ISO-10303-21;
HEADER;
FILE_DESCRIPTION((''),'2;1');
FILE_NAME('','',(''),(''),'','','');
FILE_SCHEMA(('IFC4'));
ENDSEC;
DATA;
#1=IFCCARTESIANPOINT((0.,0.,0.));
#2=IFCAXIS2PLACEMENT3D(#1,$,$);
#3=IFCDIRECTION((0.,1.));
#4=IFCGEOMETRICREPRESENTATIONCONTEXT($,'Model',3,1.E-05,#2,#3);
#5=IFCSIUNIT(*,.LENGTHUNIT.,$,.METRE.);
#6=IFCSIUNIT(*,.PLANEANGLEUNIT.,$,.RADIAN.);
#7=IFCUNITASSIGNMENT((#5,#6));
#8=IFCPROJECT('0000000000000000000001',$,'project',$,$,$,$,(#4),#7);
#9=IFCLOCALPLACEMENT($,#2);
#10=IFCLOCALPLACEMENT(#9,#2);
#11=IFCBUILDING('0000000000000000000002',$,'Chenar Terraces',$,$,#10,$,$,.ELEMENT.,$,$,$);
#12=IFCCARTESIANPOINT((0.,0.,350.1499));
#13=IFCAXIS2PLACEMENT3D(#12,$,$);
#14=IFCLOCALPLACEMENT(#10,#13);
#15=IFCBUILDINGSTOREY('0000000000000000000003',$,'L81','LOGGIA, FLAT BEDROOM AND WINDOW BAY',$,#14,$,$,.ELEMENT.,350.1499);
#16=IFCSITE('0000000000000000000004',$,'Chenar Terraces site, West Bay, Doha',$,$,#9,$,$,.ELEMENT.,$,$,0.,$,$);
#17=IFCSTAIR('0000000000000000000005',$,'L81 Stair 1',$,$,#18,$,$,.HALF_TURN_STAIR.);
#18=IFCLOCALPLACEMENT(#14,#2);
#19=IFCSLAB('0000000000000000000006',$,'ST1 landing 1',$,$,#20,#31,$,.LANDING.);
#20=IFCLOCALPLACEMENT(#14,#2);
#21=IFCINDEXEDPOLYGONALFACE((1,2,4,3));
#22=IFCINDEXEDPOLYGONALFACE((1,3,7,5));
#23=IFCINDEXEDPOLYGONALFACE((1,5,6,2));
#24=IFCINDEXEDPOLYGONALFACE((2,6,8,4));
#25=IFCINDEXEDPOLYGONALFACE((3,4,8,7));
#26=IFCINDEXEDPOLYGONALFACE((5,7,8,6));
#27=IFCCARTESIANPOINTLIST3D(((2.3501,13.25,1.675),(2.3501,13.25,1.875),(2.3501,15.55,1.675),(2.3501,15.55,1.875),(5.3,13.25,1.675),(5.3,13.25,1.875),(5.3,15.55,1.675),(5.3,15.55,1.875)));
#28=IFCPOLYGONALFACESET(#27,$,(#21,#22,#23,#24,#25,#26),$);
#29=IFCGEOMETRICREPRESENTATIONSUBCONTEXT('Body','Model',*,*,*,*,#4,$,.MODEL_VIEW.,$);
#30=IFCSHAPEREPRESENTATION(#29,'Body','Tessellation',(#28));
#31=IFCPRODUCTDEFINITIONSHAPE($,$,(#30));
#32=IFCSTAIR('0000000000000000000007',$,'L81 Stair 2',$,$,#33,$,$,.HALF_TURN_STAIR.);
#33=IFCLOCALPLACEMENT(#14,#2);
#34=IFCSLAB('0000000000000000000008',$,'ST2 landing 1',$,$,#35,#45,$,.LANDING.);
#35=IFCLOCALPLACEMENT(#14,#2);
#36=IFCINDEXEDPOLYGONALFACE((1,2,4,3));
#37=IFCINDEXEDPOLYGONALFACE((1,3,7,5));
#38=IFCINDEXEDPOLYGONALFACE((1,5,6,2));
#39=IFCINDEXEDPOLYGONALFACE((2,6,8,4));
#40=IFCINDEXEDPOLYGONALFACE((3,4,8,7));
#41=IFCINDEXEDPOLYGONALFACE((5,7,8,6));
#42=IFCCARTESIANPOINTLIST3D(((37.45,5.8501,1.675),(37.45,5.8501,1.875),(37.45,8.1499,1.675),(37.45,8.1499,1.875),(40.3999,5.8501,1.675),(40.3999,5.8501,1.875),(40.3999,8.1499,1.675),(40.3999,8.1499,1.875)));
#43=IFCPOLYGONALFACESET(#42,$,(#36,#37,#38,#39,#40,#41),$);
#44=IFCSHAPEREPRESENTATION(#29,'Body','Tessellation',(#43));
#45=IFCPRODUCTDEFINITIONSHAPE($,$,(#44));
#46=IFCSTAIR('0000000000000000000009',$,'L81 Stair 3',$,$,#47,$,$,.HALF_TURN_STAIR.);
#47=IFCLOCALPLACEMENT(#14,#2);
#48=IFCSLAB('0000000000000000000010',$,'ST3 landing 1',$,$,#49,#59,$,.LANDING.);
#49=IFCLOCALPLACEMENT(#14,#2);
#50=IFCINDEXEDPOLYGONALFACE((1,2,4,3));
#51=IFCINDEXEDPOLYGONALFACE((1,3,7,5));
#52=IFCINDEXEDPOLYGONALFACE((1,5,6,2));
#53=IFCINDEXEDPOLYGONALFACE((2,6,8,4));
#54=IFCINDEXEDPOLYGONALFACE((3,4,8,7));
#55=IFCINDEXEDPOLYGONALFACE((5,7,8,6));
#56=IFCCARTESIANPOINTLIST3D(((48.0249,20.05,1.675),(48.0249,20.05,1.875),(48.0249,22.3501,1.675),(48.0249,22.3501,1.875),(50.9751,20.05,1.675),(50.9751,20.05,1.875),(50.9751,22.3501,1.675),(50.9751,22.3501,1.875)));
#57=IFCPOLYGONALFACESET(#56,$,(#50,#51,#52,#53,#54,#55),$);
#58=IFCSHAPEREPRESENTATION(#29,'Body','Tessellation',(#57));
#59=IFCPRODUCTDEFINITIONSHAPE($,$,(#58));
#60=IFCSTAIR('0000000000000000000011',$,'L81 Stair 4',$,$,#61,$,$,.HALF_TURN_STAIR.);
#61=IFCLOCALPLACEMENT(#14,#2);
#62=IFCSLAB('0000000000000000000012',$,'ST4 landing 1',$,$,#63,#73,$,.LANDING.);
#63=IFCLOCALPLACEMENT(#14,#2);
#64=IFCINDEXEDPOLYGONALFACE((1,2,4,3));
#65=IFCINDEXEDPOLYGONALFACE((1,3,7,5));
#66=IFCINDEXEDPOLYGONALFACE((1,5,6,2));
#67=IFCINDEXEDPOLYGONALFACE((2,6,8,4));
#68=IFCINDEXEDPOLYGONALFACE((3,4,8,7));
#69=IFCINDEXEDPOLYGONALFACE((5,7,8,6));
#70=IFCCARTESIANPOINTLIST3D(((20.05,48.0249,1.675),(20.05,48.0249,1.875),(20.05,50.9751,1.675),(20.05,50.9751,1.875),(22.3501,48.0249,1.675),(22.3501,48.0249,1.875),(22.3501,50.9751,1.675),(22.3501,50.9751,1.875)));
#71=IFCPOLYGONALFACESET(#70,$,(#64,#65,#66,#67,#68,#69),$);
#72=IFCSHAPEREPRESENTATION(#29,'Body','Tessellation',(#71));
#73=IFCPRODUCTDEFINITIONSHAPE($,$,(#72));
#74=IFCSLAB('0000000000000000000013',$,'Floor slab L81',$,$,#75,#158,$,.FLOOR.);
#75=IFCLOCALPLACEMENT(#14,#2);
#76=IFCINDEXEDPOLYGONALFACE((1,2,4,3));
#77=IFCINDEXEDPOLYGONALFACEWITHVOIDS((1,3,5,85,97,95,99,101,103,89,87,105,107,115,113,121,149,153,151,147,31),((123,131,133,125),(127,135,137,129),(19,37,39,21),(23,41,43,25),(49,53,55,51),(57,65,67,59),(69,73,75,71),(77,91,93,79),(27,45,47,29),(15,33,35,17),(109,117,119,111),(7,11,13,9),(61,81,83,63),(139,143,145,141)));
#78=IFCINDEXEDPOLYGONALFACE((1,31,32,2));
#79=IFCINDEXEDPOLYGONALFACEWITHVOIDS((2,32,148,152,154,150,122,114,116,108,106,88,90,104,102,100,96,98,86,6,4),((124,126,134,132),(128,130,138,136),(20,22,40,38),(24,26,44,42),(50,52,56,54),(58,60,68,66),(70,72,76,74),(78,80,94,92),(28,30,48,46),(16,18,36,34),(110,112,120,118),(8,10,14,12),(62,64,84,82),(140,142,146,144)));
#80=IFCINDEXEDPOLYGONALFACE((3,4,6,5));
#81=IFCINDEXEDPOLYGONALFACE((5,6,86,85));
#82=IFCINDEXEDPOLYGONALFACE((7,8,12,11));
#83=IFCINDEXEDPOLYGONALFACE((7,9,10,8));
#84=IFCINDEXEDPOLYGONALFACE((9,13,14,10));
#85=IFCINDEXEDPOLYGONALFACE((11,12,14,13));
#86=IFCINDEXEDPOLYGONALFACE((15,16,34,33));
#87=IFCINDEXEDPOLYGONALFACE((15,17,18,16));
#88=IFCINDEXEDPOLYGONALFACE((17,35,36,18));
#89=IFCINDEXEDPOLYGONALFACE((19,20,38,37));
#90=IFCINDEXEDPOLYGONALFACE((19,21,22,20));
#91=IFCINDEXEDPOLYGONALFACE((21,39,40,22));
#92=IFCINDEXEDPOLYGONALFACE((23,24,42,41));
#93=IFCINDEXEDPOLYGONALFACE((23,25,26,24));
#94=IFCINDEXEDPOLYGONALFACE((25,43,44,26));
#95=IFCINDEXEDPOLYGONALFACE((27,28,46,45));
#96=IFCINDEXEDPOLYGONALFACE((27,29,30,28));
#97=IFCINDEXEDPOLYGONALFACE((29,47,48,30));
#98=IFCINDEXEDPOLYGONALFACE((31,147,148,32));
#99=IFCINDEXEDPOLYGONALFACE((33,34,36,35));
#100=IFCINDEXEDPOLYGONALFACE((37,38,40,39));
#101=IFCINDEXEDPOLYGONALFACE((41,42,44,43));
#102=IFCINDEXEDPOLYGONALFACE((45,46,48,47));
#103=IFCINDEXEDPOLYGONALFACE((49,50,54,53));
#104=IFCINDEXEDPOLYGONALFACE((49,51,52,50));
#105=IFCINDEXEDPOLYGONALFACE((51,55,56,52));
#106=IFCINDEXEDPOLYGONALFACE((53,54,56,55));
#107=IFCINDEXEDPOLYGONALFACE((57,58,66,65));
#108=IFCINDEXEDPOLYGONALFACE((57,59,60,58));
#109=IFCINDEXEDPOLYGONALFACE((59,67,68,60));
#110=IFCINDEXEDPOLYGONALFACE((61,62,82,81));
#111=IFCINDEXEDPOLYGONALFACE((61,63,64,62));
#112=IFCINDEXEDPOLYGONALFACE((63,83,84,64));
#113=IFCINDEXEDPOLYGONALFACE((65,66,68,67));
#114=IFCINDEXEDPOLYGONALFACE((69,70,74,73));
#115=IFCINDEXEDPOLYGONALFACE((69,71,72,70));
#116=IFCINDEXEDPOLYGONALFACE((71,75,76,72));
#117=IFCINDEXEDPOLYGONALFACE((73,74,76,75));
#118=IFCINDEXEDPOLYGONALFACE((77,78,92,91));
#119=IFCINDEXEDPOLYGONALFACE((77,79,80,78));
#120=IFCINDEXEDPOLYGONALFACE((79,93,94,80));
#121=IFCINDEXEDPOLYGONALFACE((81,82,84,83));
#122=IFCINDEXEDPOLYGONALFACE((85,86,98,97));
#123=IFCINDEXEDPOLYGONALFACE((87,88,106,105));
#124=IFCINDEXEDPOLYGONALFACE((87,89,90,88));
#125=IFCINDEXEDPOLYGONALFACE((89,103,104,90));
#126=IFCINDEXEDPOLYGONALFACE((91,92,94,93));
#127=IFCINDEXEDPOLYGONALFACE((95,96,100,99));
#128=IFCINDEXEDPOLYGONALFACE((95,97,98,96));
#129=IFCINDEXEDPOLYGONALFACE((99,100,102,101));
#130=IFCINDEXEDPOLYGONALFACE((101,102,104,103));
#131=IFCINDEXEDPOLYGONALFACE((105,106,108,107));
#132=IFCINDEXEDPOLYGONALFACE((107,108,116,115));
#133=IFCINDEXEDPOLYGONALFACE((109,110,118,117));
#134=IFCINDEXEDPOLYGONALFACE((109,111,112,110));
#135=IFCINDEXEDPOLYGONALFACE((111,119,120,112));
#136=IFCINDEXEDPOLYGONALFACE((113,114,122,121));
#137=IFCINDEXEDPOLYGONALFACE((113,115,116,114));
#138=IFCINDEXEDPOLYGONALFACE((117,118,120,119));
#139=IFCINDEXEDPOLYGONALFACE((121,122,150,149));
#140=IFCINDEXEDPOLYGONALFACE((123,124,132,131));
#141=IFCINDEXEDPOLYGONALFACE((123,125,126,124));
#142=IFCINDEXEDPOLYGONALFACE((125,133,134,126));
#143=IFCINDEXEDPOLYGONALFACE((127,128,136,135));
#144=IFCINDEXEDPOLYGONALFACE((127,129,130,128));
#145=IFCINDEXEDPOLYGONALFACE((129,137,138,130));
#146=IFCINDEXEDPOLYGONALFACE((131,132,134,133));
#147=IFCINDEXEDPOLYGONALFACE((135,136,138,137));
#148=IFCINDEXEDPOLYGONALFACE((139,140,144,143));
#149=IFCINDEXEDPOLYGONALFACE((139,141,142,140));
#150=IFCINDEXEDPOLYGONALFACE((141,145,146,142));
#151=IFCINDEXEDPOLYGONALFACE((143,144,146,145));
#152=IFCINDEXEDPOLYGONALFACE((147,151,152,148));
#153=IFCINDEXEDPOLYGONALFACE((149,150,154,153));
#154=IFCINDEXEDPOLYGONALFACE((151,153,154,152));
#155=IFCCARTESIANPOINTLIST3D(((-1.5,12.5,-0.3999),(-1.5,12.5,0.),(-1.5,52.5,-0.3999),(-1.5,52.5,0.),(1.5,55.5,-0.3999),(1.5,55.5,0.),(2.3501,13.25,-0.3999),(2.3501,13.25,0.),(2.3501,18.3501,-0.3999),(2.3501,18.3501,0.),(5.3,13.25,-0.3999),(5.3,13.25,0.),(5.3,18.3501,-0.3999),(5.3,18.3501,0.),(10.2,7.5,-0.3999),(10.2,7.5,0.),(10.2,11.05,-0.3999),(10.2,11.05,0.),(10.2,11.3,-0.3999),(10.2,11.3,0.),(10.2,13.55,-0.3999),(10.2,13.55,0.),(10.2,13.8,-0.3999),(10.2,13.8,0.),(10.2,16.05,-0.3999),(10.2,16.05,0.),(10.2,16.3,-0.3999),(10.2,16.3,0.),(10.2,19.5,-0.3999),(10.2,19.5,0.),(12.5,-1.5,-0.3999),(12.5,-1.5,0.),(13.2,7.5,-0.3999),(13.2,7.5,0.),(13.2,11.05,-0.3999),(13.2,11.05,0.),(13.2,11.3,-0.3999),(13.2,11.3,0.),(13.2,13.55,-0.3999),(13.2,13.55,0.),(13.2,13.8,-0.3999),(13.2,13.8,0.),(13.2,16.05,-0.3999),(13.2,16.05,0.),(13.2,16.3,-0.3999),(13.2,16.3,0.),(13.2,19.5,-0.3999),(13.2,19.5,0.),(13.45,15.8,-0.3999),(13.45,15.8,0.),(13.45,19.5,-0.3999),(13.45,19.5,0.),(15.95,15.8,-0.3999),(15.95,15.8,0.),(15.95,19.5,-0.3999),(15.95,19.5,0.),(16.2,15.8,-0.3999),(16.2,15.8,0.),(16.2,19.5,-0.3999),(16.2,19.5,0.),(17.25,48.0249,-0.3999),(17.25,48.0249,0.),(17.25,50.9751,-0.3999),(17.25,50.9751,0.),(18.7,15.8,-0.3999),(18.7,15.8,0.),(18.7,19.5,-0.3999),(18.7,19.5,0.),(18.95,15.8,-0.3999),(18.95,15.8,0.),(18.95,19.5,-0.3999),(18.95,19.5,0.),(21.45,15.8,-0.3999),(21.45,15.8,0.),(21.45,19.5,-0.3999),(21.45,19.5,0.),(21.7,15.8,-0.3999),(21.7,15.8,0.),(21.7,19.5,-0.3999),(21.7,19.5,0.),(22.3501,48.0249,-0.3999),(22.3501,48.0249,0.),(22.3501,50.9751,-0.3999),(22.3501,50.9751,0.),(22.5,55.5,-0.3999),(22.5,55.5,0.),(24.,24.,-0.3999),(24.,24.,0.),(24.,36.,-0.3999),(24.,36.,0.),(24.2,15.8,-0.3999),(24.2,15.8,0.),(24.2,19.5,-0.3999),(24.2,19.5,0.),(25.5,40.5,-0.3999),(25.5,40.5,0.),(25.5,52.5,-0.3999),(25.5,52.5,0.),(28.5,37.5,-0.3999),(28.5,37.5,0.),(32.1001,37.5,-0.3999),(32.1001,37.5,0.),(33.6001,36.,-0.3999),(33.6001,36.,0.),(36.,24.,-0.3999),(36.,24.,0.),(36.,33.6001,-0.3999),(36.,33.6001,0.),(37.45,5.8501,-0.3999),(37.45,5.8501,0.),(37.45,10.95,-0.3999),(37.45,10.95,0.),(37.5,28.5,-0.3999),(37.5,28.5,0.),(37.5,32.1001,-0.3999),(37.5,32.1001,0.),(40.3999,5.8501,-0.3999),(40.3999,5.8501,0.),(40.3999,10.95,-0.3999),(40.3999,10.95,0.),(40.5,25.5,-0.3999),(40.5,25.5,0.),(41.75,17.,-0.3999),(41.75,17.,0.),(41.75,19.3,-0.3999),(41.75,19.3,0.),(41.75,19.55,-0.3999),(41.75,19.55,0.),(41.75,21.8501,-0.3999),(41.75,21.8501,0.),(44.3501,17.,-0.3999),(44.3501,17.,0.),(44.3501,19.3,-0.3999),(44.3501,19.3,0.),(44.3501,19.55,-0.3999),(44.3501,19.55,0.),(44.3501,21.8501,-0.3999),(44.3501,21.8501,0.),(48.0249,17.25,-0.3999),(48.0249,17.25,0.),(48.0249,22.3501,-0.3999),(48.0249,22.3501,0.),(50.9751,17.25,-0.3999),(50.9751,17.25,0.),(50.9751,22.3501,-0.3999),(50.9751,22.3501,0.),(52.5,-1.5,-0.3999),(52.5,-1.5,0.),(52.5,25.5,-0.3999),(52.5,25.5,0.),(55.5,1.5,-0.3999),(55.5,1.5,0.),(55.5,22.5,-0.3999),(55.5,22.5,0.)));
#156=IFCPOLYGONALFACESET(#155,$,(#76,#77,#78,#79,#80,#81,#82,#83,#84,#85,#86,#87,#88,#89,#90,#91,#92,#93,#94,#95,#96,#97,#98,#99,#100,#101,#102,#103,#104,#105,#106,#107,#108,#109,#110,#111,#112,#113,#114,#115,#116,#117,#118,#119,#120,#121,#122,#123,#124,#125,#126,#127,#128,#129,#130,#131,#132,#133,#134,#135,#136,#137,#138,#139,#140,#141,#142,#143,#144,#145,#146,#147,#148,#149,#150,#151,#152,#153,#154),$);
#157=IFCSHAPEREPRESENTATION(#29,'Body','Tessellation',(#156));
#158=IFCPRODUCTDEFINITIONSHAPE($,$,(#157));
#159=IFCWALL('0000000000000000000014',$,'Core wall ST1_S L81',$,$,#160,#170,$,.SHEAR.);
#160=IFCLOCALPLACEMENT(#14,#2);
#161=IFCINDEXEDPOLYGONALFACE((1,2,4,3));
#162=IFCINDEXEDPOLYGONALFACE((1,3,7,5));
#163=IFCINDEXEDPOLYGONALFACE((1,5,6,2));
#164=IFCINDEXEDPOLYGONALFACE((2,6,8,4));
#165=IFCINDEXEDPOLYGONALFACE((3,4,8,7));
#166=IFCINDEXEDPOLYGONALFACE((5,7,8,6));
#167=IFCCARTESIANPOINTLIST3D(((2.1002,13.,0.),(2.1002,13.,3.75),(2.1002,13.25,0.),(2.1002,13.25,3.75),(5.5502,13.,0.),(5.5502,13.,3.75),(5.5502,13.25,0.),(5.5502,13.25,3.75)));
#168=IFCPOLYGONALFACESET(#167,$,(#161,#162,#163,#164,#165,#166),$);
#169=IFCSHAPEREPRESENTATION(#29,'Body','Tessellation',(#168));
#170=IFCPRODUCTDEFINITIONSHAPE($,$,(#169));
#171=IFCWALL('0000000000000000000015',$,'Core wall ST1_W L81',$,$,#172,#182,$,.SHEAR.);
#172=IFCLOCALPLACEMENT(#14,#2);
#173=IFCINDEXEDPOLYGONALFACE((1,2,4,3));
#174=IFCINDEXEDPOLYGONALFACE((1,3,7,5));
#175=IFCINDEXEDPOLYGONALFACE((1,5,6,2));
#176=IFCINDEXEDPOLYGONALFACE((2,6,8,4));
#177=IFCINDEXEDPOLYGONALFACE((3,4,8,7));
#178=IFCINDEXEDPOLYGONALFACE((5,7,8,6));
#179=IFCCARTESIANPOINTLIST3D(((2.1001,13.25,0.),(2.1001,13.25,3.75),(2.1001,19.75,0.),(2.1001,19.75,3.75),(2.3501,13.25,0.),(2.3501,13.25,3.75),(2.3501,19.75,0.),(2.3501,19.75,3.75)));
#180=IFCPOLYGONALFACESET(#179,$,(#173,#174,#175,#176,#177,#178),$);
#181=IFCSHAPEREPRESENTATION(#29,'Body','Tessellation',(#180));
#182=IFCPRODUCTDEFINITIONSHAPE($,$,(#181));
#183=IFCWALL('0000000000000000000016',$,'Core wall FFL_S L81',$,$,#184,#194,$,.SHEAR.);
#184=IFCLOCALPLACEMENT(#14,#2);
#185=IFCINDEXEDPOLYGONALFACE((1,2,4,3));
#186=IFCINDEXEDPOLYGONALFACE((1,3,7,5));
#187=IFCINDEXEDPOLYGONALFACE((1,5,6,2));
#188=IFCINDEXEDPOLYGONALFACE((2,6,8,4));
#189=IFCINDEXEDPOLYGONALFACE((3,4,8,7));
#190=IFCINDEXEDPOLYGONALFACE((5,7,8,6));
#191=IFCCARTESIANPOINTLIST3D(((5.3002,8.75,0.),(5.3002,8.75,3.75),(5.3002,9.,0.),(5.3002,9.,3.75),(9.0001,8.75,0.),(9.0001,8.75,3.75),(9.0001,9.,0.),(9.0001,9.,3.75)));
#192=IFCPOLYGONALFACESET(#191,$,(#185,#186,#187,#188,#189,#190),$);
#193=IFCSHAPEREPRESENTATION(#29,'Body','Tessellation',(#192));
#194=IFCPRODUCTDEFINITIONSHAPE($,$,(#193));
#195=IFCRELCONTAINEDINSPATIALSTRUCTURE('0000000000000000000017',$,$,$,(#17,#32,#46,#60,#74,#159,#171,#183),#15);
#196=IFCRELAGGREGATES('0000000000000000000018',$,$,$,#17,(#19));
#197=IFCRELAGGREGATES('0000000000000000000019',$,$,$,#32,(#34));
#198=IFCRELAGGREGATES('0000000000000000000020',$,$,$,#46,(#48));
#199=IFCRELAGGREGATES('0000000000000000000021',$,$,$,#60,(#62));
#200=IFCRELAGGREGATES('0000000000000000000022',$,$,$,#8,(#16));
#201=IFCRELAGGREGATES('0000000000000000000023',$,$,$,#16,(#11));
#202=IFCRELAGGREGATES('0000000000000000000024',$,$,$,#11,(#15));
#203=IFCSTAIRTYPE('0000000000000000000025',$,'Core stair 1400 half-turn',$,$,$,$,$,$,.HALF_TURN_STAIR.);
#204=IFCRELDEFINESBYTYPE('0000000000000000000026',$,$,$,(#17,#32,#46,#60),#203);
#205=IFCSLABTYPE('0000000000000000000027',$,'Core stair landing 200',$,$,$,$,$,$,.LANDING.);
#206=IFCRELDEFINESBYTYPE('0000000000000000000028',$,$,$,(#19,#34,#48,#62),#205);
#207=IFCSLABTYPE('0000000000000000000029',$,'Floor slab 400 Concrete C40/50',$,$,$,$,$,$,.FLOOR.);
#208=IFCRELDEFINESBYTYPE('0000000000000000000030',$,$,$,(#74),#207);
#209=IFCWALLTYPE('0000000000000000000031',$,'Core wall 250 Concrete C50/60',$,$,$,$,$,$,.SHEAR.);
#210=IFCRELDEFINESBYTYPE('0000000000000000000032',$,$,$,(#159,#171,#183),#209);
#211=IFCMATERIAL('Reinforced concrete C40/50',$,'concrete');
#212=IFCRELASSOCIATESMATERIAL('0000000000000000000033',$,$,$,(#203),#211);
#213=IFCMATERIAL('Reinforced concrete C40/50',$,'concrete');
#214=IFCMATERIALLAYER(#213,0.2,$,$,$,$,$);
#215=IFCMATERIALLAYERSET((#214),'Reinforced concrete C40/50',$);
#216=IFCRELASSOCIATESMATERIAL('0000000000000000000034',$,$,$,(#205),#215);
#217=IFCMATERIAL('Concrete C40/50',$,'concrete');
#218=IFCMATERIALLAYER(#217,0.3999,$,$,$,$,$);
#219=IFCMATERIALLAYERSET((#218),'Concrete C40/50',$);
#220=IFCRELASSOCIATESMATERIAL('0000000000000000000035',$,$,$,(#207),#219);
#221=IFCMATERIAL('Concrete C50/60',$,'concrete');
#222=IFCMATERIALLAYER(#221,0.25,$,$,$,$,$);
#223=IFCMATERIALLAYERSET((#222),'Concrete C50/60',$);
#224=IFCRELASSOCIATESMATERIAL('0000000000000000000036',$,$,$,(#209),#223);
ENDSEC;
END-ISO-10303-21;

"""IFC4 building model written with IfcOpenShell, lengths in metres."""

from ifc_helpers import new_model, si_unit, direction, frame, frame_2d, origin, place, context, subcontext, project, spatial, polyline, rectangle, outline, extrude, material, layer, layer_set, type_object, element, aggregate, save


model = new_model("IFC4")

# Units and contexts
model_context = context("Model", 3, precision=1e-05, world=origin(), true_north=direction((0.0, 1.0)))
body_context = subcontext(model_context, "Body", "Model", "MODEL_VIEW")
ifc_project = project(units=[si_unit("LENGTHUNIT", "METRE"), si_unit("PLANEANGLEUNIT", "RADIAN")], contexts=[model_context])

# Site, building, storey
site_placement = place(None, origin())
site = spatial("IfcSite", under=ifc_project, at=site_placement, Name="Chenar Terraces site, West Bay, Doha", CompositionType="ELEMENT", RefElevation=0.0)
building_placement = place(site_placement, origin())
building = spatial("IfcBuilding", under=site, at=building_placement, Name="Chenar Terraces", CompositionType="ELEMENT")
storey_placement = place(building_placement, frame((0.0, 0.0, 350.1499)))
storey = spatial("IfcBuildingStorey", under=building, at=storey_placement, Name="L81", Description="LOGGIA, FLAT BEDROOM AND WINDOW BAY", CompositionType="ELEMENT", Elevation=350.1499)

# Stairs, slabs
ifc_material_1 = material(Name="Reinforced concrete C40/50", Category="concrete")
stair_type = type_object("IfcStairType", Name="Core stair 1400 half-turn", PredefinedType="HALF_TURN_STAIR", material=ifc_material_1)
placement_1 = place(storey_placement, origin())
stair_1 = element("IfcStair", 1, at=placement_1, inside=storey, type_object=stair_type, Name="L81 Stair 1", PredefinedType="HALF_TURN_STAIR")
ifc_material_2 = material(Name="Reinforced concrete C40/50", Category="concrete")
ifc_layer_1 = layer(ifc_material_2, 0.2)
ifc_layer_set_1 = layer_set([ifc_layer_1], Name="Reinforced concrete C40/50")
slab_type_1 = type_object("IfcSlabType", Name="Core stair landing 200", PredefinedType="LANDING", material=ifc_layer_set_1)
placement_2 = place(storey_placement, frame((0.0, 0.0, 1.675)))
slab_1 = element("IfcSlab", 2, at=placement_2, type_object=slab_type_1, Name="ST1 landing 1", PredefinedType="LANDING", context=body_context, shape_type="SweptSolid", body=[
    extrude(outline(polyline([(2.3501, 15.55), (2.3501, 13.25), (5.3, 13.25), (5.3, 15.55), (2.3501, 15.55)])), origin(), (0.0, 0.0, 1.0), 0.2),
])
aggregate(stair_1, [slab_1])
stair_2 = element("IfcStair", 3, at=placement_1, inside=storey, type_object=stair_type, Name="L81 Stair 2", PredefinedType="HALF_TURN_STAIR")
slab_2 = element("IfcSlab", 4, at=placement_2, type_object=slab_type_1, Name="ST2 landing 1", PredefinedType="LANDING", context=body_context, shape_type="SweptSolid", body=[
    extrude(outline(polyline([(37.45, 8.1499), (37.45, 5.8501), (40.3999, 5.8501), (40.3999, 8.1499), (37.45, 8.1499)])), origin(), (0.0, 0.0, 1.0), 0.2),
])
aggregate(stair_2, [slab_2])
stair_3 = element("IfcStair", 5, at=placement_1, inside=storey, type_object=stair_type, Name="L81 Stair 3", PredefinedType="HALF_TURN_STAIR")
slab_3 = element("IfcSlab", 6, at=placement_2, type_object=slab_type_1, Name="ST3 landing 1", PredefinedType="LANDING", context=body_context, shape_type="SweptSolid", body=[
    extrude(outline(polyline([(50.9751, 20.05), (50.9751, 22.3501), (48.0249, 22.3501), (48.0249, 20.05), (50.9751, 20.05)])), origin(), (0.0, 0.0, 1.0), 0.2),
])
aggregate(stair_3, [slab_3])
stair_4 = element("IfcStair", 7, at=placement_1, inside=storey, type_object=stair_type, Name="L81 Stair 4", PredefinedType="HALF_TURN_STAIR")
slab_4 = element("IfcSlab", 8, at=placement_2, type_object=slab_type_1, Name="ST4 landing 1", PredefinedType="LANDING", context=body_context, shape_type="SweptSolid", body=[
    extrude(outline(polyline([(20.05, 48.0249), (22.3501, 48.0249), (22.3501, 50.9751), (20.05, 50.9751), (20.05, 48.0249)])), origin(), (0.0, 0.0, 1.0), 0.2),
])
aggregate(stair_4, [slab_4])

# Slab
ifc_material_3 = material(Name="Concrete C40/50", Category="concrete")
ifc_layer_2 = layer(ifc_material_3, 0.3999)
ifc_layer_set_2 = layer_set([ifc_layer_2], Name="Concrete C40/50")
slab_type_2 = type_object("IfcSlabType", Name="Floor slab 400 Concrete C40/50", PredefinedType="FLOOR", material=ifc_layer_set_2)
slab_5_placement = place(storey_placement, frame((0.0, 0.0, -0.3999)))
element("IfcSlab", 9, at=slab_5_placement, inside=storey, type_object=slab_type_2, Name="Floor slab L81", PredefinedType="FLOOR", context=body_context, shape_type="SweptSolid", body=[
    extrude(outline(polyline([(55.5, 22.5), (55.5, 1.5), (52.5, -1.5), (12.5, -1.5), (-1.5, 12.5), (-1.5, 52.5), (1.5, 55.5), (22.5, 55.5), (25.5, 52.5), (25.5, 40.5), (28.5, 37.5), (32.1001, 37.5), (33.6001, 36.0), (24.0, 36.0), (24.0, 24.0), (36.0, 24.0), (36.0, 33.6001), (37.5, 32.1001), (37.5, 28.5), (40.5, 25.5), (52.5, 25.5), (55.5, 22.5)]), holes=[polyline([(10.2, 11.05), (10.2, 7.5), (13.2, 7.5), (13.2, 11.05), (10.2, 11.05)]), polyline([(13.2, 13.55), (10.2, 13.55), (10.2, 11.3), (13.2, 11.3), (13.2, 13.55)]), polyline([(13.2, 16.05), (10.2, 16.05), (10.2, 13.8), (13.2, 13.8), (13.2, 16.05)]), polyline([(2.3501, 13.25), (5.3, 13.25), (5.3, 18.3501), (2.3501, 18.3501), (2.3501, 13.25)]), polyline([(15.95, 19.5), (13.45, 19.5), (13.45, 15.8), (15.95, 15.8), (15.95, 19.5)]), polyline([(18.7, 19.5), (16.2, 19.5), (16.2, 15.8), (18.7, 15.8), (18.7, 19.5)]), polyline([(13.2, 19.5), (10.2, 19.5), (10.2, 16.3), (13.2, 16.3), (13.2, 19.5)]), polyline([(22.3501, 48.0249), (22.3501, 50.9751), (17.25, 50.9751), (17.25, 48.0249), (22.3501, 48.0249)]), polyline([(37.45, 5.8501), (40.3999, 5.8501), (40.3999, 10.95), (37.45, 10.95), (37.45, 5.8501)]), polyline([(21.45, 19.5), (18.95, 19.5), (18.95, 15.8), (21.45, 15.8), (21.45, 19.5)]), polyline([(24.2, 19.5), (21.7, 19.5), (21.7, 15.8), (24.2, 15.8), (24.2, 19.5)]), polyline([(44.3501, 19.3), (41.75, 19.3), (41.75, 17.0), (44.3501, 17.0), (44.3501, 19.3)]), polyline([(50.9751, 22.3501), (48.0249, 22.3501), (48.0249, 17.25), (50.9751, 17.25), (50.9751, 22.3501)]), polyline([(44.3501, 21.8501), (41.75, 21.8501), (41.75, 19.55), (44.3501, 19.55), (44.3501, 21.8501)])]), origin(), (0.0, 0.0, 1.0), 0.3999),
])

# Walls
ifc_material_4 = material(Name="Concrete C50/60", Category="concrete")
ifc_layer_3 = layer(ifc_material_4, 0.25)
ifc_layer_set_3 = layer_set([ifc_layer_3], Name="Concrete C50/60")
wall_type_1 = type_object("IfcWallType", Name="Core wall 250 Concrete C50/60", PredefinedType="SHEAR", material=ifc_layer_set_3)
wall_1_placement = place(storey_placement, frame((2.1001, 13.125, 0.0), z_axis=(0.0, 0.0, 1.0), x_axis=(1.0, 0.0, 0.0)))
element("IfcWall", 10, at=wall_1_placement, inside=storey, type_object=wall_type_1, Name="Core wall ST1_S L81", PredefinedType="SHEAR", context=body_context, shape_type="SweptSolid", body=[
    extrude(rectangle(XDim=3.45, YDim=0.25, at=frame_2d((1.7251, 0.0))), origin(), (0.0, 0.0, 1.0), 3.75),
])
wall_2_placement = place(storey_placement, frame((2.2251, 13.25, 0.0), z_axis=(0.0, 0.0, 1.0), x_axis=(0.0, 1.0, 0.0)))
element("IfcWall", 11, at=wall_2_placement, inside=storey, type_object=wall_type_1, Name="Core wall ST1_W L81", PredefinedType="SHEAR", context=body_context, shape_type="SweptSolid", body=[
    extrude(rectangle(XDim=6.5, YDim=0.25, at=frame_2d((3.25, 0.0))), origin(), (0.0, 0.0, 1.0), 3.75),
])
wall_3_placement = place(storey_placement, frame((5.3, 8.875, 0.0), z_axis=(0.0, 0.0, 1.0), x_axis=(1.0, 0.0, 0.0)))
element("IfcWall", 12, at=wall_3_placement, inside=storey, type_object=wall_type_1, Name="Core wall FFL_S L81", PredefinedType="SHEAR", context=body_context, shape_type="SweptSolid", body=[
    extrude(rectangle(XDim=3.7, YDim=0.25, at=frame_2d((1.8501, 0.0))), origin(), (0.0, 0.0, 1.0), 3.75),
])

save(model, "model.ifc")
